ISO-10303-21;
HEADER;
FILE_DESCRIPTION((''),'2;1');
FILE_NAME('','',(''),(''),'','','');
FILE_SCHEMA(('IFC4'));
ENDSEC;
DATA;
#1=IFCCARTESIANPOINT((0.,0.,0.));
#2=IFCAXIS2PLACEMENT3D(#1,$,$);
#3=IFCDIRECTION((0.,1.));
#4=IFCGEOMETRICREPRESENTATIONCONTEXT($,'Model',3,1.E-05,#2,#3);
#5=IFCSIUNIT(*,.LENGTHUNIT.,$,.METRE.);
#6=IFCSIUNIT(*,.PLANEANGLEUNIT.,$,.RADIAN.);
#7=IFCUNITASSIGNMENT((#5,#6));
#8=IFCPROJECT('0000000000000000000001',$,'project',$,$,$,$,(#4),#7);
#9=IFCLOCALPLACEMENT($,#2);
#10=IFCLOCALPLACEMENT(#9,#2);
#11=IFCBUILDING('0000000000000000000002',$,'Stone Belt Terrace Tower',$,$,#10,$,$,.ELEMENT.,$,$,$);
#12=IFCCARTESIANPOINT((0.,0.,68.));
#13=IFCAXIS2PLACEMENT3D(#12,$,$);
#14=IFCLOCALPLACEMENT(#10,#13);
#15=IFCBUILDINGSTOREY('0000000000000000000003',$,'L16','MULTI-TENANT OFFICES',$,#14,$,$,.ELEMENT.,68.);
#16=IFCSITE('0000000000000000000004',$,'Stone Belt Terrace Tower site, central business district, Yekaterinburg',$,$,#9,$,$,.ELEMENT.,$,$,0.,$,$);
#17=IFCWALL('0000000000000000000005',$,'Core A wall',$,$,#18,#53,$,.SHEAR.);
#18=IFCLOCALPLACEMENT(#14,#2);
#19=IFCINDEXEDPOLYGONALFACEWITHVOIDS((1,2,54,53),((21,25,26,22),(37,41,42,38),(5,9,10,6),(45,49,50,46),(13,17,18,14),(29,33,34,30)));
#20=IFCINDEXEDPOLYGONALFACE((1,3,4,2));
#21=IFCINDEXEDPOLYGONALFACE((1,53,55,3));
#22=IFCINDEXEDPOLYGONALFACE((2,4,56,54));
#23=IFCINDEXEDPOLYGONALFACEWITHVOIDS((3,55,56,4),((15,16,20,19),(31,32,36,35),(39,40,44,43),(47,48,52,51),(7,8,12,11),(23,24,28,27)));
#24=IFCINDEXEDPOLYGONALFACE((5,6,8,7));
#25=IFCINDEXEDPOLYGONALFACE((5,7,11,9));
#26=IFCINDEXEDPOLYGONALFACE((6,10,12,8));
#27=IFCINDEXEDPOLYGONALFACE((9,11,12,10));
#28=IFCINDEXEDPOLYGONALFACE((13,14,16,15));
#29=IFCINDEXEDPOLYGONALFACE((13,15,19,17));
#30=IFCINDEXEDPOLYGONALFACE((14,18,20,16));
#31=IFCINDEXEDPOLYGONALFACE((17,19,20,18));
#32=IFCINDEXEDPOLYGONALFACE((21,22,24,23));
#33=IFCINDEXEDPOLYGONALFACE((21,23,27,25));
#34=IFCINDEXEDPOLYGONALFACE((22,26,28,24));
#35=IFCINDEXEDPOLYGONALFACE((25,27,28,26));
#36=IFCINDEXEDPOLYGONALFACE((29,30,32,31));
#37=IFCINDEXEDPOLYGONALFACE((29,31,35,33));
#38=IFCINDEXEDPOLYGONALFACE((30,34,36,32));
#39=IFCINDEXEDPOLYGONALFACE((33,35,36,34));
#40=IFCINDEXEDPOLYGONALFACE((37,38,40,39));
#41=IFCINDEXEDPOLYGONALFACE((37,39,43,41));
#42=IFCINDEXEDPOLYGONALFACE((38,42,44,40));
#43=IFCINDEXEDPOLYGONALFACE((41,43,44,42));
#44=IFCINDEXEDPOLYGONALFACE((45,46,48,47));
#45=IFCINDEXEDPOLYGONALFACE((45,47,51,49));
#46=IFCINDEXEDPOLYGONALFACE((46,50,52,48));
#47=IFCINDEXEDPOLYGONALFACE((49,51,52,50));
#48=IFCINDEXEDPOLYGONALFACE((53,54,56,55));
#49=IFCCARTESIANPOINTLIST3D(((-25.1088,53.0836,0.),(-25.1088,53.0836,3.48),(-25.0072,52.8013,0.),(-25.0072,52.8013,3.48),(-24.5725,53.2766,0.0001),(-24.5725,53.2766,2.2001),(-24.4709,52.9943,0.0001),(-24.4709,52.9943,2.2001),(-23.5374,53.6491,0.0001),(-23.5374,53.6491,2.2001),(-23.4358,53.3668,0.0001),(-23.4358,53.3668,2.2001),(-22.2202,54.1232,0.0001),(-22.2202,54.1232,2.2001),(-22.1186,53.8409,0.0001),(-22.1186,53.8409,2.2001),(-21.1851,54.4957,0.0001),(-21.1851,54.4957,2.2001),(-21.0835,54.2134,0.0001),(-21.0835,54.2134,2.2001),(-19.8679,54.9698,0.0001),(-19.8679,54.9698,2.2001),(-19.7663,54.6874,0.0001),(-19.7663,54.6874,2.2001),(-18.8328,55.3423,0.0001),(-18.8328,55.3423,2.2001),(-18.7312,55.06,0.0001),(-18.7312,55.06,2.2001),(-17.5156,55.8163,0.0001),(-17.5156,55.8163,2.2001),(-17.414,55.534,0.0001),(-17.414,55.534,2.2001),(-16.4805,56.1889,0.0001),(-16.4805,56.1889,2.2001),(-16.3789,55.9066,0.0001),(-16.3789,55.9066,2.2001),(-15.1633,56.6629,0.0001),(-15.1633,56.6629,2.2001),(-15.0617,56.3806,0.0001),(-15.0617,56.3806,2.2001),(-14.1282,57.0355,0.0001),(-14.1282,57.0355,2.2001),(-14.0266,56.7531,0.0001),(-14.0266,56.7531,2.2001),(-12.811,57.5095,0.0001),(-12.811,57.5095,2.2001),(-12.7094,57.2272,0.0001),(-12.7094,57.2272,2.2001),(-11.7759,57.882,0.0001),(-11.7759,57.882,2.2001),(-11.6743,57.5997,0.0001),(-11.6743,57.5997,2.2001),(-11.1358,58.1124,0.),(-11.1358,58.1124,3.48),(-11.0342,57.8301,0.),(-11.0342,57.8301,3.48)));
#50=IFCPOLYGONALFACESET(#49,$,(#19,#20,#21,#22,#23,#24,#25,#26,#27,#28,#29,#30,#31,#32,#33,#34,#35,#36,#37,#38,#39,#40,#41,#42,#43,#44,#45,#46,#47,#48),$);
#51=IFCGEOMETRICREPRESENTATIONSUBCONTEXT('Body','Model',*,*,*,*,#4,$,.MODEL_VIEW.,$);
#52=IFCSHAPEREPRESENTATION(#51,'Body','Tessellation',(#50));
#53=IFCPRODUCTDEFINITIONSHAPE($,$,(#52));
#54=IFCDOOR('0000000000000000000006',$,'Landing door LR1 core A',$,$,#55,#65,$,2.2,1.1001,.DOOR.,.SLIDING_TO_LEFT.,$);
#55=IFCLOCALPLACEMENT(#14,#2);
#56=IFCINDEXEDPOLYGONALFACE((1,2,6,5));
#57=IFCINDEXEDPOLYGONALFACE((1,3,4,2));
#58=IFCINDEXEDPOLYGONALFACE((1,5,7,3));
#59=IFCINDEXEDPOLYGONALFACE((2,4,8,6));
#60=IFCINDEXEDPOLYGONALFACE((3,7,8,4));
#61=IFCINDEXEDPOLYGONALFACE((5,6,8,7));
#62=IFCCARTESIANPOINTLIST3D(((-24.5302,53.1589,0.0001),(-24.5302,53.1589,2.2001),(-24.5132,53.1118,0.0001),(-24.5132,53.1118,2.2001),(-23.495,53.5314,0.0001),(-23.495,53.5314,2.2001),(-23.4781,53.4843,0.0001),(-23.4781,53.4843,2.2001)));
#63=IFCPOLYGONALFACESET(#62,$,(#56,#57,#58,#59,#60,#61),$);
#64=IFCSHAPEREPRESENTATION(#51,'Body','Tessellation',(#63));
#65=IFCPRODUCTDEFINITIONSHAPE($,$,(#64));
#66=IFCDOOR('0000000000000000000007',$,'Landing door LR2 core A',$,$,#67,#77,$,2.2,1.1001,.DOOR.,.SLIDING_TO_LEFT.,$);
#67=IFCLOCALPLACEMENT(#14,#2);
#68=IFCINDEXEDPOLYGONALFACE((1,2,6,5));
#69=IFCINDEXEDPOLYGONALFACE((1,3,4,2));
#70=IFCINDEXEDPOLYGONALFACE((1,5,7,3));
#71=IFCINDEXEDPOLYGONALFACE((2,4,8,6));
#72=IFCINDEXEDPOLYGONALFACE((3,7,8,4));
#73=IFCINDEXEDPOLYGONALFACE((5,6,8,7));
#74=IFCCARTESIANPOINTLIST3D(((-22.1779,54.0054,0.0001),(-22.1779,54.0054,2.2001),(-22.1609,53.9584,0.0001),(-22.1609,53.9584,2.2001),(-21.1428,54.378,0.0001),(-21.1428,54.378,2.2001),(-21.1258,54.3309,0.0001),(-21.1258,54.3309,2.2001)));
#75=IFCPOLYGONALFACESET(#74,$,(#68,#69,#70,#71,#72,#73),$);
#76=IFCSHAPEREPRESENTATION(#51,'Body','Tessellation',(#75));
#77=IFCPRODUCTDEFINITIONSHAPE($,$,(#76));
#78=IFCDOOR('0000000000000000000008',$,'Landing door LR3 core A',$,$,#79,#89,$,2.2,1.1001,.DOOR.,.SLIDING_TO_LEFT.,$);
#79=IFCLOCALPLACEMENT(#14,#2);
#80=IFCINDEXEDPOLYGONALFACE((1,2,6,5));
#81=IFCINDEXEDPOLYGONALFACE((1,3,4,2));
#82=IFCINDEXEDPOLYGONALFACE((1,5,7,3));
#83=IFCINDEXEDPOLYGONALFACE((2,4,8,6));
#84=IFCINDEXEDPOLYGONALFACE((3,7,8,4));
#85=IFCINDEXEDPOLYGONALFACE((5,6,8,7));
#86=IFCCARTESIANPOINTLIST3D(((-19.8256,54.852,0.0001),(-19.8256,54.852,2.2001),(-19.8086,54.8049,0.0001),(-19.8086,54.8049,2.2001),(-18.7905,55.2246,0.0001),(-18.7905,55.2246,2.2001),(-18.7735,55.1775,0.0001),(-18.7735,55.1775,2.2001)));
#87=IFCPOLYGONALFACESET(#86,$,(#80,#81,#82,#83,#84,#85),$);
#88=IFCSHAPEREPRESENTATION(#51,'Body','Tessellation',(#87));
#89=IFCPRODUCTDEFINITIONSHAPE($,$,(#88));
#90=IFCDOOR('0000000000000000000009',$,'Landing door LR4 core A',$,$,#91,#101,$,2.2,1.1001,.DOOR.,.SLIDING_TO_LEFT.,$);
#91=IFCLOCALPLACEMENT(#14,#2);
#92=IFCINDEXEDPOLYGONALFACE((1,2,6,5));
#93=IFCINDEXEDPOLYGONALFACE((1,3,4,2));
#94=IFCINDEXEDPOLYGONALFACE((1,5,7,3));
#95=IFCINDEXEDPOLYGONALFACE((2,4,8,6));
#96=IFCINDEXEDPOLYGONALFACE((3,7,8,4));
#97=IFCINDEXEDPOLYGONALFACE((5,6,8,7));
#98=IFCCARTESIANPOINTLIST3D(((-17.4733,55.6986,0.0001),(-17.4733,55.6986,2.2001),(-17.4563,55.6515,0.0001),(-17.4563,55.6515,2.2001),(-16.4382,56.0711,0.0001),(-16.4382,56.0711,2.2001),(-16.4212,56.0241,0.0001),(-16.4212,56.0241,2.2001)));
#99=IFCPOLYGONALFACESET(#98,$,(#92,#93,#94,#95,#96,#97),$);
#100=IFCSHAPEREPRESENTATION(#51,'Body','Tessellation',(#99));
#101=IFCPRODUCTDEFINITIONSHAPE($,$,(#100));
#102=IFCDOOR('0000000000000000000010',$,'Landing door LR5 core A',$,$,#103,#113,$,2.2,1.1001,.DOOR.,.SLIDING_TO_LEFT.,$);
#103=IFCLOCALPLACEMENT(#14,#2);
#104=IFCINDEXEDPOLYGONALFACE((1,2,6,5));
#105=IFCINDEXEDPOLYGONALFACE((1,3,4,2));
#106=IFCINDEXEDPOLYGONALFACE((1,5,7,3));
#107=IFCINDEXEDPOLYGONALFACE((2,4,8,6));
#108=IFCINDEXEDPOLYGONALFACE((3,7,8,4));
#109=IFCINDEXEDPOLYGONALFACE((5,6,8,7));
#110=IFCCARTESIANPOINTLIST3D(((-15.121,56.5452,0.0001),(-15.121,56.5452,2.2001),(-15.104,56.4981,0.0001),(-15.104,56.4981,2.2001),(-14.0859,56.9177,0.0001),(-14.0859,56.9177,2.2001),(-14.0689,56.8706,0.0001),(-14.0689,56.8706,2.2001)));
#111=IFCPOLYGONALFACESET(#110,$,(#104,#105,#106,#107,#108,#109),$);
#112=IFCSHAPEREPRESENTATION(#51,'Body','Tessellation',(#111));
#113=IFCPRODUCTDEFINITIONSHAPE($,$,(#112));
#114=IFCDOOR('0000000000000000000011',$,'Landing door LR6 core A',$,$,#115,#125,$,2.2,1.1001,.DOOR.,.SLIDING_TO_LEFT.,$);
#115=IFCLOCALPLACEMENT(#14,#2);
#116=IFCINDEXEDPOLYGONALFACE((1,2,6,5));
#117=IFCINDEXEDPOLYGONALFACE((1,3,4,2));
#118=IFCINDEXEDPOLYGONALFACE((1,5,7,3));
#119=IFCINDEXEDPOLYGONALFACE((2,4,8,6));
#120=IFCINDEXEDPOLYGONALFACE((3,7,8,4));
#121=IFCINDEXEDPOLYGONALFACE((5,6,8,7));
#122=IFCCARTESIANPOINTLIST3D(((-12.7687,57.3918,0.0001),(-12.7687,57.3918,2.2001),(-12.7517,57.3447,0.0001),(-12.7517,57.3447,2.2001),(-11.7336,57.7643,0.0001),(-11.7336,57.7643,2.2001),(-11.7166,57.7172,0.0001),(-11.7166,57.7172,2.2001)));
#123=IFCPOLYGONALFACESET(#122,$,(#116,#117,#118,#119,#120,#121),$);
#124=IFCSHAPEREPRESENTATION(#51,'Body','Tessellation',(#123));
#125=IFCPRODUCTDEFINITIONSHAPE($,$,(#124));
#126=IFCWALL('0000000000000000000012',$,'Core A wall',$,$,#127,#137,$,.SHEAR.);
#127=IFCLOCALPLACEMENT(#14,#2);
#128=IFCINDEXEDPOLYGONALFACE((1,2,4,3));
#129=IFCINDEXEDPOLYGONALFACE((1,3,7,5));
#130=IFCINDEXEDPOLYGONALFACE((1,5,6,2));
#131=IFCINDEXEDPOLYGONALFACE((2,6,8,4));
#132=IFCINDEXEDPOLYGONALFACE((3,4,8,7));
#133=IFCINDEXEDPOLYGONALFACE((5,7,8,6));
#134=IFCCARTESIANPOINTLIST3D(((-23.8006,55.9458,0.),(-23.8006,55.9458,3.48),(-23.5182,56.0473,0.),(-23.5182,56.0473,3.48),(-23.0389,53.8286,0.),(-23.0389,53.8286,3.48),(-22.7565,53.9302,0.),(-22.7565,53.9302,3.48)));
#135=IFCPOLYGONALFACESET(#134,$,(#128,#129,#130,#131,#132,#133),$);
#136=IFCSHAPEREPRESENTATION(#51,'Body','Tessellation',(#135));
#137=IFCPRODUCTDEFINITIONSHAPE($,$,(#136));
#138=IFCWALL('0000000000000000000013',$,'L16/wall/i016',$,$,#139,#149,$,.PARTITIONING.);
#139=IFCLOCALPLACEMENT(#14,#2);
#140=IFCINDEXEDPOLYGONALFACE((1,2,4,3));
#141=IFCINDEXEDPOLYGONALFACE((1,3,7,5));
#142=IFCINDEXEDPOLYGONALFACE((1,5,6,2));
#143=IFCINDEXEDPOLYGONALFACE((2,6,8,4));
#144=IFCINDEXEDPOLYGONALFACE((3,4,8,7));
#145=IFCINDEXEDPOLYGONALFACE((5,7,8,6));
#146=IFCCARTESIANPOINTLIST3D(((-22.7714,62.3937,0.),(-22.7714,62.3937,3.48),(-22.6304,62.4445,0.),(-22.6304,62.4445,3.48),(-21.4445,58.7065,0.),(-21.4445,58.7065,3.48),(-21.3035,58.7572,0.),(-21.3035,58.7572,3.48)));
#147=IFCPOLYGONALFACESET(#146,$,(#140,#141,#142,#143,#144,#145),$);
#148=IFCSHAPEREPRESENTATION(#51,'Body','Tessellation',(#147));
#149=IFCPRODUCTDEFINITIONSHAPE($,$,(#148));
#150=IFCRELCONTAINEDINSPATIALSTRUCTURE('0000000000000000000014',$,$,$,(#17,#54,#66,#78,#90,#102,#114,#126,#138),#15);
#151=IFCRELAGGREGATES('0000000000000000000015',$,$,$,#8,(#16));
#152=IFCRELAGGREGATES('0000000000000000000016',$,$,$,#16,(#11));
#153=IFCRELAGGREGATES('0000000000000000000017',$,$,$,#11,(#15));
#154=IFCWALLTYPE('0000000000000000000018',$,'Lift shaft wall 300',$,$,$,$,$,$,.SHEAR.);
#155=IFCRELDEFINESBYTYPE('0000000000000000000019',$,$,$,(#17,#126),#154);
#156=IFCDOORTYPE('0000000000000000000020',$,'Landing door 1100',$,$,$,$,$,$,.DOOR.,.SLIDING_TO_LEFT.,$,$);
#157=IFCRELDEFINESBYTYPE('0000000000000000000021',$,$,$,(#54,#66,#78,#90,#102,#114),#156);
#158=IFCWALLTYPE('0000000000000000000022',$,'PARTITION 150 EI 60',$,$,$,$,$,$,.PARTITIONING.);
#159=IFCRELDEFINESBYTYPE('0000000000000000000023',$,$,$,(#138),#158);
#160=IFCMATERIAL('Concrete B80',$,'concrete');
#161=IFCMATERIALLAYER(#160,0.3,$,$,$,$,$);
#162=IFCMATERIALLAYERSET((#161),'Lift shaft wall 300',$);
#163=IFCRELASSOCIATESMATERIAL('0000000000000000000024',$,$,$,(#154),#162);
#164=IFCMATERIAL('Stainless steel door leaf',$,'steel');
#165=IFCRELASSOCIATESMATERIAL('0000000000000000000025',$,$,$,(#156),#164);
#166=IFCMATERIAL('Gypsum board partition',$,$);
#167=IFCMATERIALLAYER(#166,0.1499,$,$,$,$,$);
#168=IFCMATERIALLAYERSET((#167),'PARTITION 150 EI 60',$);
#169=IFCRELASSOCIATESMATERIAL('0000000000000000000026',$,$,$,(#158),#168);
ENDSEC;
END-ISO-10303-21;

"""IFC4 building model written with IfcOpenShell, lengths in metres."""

from ifc_helpers import new_model, si_unit, direction, frame, frame_2d, origin, place, context, subcontext, project, spatial, rectangle, extrude, material, layer, layer_set, type_object, element, fill, save


model = new_model("IFC4")

# Units and contexts
model_context = context("Model", 3, precision=1e-05, world=origin(), true_north=direction((0.0, 1.0)))
body_context = subcontext(model_context, "Body", "Model", "MODEL_VIEW")
ifc_project = project(units=[si_unit("LENGTHUNIT", "METRE"), si_unit("PLANEANGLEUNIT", "RADIAN")], contexts=[model_context])

# Site, building, storey
site_placement = place(None, origin())
site = spatial("IfcSite", under=ifc_project, at=site_placement, Name="Stone Belt Terrace Tower site, central business district, Yekaterinburg", CompositionType="ELEMENT", RefElevation=0.0)
building_placement = place(site_placement, origin())
building = spatial("IfcBuilding", under=site, at=building_placement, Name="Stone Belt Terrace Tower", CompositionType="ELEMENT")
storey_placement = place(building_placement, frame((0.0, 0.0, 68.0)))
storey = spatial("IfcBuildingStorey", under=building, at=storey_placement, Name="L16", Description="MULTI-TENANT OFFICES", CompositionType="ELEMENT", Elevation=68.0)

# Shared definitions
ifc_material_1 = material(Name="Concrete B80", Category="concrete")

# Shared definitions
ifc_layer_1 = layer(ifc_material_1, 0.3)
ifc_layer_set_1 = layer_set([ifc_layer_1], Name="Lift shaft wall 300")
wall_type_1 = type_object("IfcWallType", Name="Lift shaft wall 300", PredefinedType="SHEAR", material=ifc_layer_set_1)
ifc_material_2 = material(Name="Stainless steel door leaf", Category="steel")

# Wall, openings, doors
wall_1_placement = place(storey_placement, frame((-25.0581, 52.9424, 0.0), z_axis=(0.0, 0.0, 1.0), x_axis=(0.940918, 0.338634, 0.0)))
wall_1 = element("IfcWall", 1, at=wall_1_placement, inside=storey, type_object=wall_type_1, Name="Core A wall", PredefinedType="SHEAR", context=body_context, shape_type="SweptSolid", body=[
    extrude(rectangle(XDim=14.8503, YDim=0.3, at=frame_2d((7.4253, 0.0))), origin(), (0.0, 0.0, 1.0), 3.48),
])
opening_1_placement = place(wall_1_placement, frame((0.5701, 0.0, 0.0)))
opening_1 = element("IfcOpeningElement", 2, at=opening_1_placement, cuts=wall_1, PredefinedType="OPENING", context=body_context, shape_type="SweptSolid", body=[
    extrude(rectangle(XDim=1.1001, YDim=2.2, at=frame_2d((0.55, 1.1001))), frame((0.0, 0.1599, 0.0), z_axis=(0.0, -1.0, 0.0), x_axis=(1.0, 0.0, 0.0)), (0.0, 0.0, 1.0), 0.3201),
])
opening_2_placement = place(wall_1_placement, frame((3.0701, 0.0, 0.0)))
opening_2 = element("IfcOpeningElement", 3, at=opening_2_placement, cuts=wall_1, PredefinedType="OPENING", context=body_context, shape_type="SweptSolid", body=[
    extrude(rectangle(XDim=1.1001, YDim=2.2, at=frame_2d((0.55, 1.1001))), frame((0.0, 0.1599, 0.0), z_axis=(0.0, -1.0, 0.0), x_axis=(1.0, 0.0, 0.0)), (0.0, 0.0, 1.0), 0.3201),
])
opening_3_placement = place(wall_1_placement, frame((5.5701, 0.0, 0.0)))
opening_3 = element("IfcOpeningElement", 4, at=opening_3_placement, cuts=wall_1, PredefinedType="OPENING", context=body_context, shape_type="SweptSolid", body=[
    extrude(rectangle(XDim=1.1001, YDim=2.2, at=frame_2d((0.55, 1.1001))), frame((0.0, 0.1599, 0.0), z_axis=(0.0, -1.0, 0.0), x_axis=(1.0, 0.0, 0.0)), (0.0, 0.0, 1.0), 0.3201),
])
opening_4_placement = place(wall_1_placement, frame((8.0701, 0.0, 0.0)))
opening_4 = element("IfcOpeningElement", 5, at=opening_4_placement, cuts=wall_1, PredefinedType="OPENING", context=body_context, shape_type="SweptSolid", body=[
    extrude(rectangle(XDim=1.1001, YDim=2.2, at=frame_2d((0.55, 1.1001))), frame((0.0, 0.1599, 0.0), z_axis=(0.0, -1.0, 0.0), x_axis=(1.0, 0.0, 0.0)), (0.0, 0.0, 1.0), 0.3201),
])
opening_5_placement = place(wall_1_placement, frame((10.5701, 0.0, 0.0)))
opening_5 = element("IfcOpeningElement", 6, at=opening_5_placement, cuts=wall_1, PredefinedType="OPENING", context=body_context, shape_type="SweptSolid", body=[
    extrude(rectangle(XDim=1.1001, YDim=2.2, at=frame_2d((0.55, 1.1001))), frame((0.0, 0.1599, 0.0), z_axis=(0.0, -1.0, 0.0), x_axis=(1.0, 0.0, 0.0)), (0.0, 0.0, 1.0), 0.3201),
])
opening_6_placement = place(wall_1_placement, frame((13.0701, 0.0, 0.0)))
opening_6 = element("IfcOpeningElement", 7, at=opening_6_placement, cuts=wall_1, PredefinedType="OPENING", context=body_context, shape_type="SweptSolid", body=[
    extrude(rectangle(XDim=1.1001, YDim=2.2, at=frame_2d((0.55, 1.1001))), frame((0.0, 0.1599, 0.0), z_axis=(0.0, -1.0, 0.0), x_axis=(1.0, 0.0, 0.0)), (0.0, 0.0, 1.0), 0.3201),
])
door_type_1 = type_object("IfcDoorType", Name="Landing door 1100", OperationType="SLIDING_TO_LEFT", PredefinedType="DOOR", material=ifc_material_2)
door_1_placement = place(opening_1_placement, origin())
door_1 = element("IfcDoor", 8, at=door_1_placement, inside=storey, type_object=door_type_1, Name="Landing door LR1 core A", OperationType="SLIDING_TO_LEFT", OverallHeight=2.2, OverallWidth=1.1001, PredefinedType="DOOR", context=body_context, shape_type="SweptSolid", body=[
    extrude(rectangle(XDim=1.1001, YDim=2.2, at=frame_2d((0.55, 1.1001))), frame((0.0, 0.0249, 0.0), z_axis=(0.0, -1.0, 0.0), x_axis=(1.0, 0.0, 0.0)), (0.0, 0.0, 1.0), 0.05),
])
fill(opening_1, door_1)
door_2_placement = place(opening_2_placement, origin())
door_2 = element("IfcDoor", 9, at=door_2_placement, inside=storey, type_object=door_type_1, Name="Landing door LR2 core A", OperationType="SLIDING_TO_LEFT", OverallHeight=2.2, OverallWidth=1.1001, PredefinedType="DOOR", context=body_context, shape_type="SweptSolid", body=[
    extrude(rectangle(XDim=1.1001, YDim=2.2, at=frame_2d((0.55, 1.1001))), frame((0.0, 0.0249, 0.0), z_axis=(0.0, -1.0, 0.0), x_axis=(1.0, 0.0, 0.0)), (0.0, 0.0, 1.0), 0.05),
])
fill(opening_2, door_2)
door_3_placement = place(opening_3_placement, origin())
door_3 = element("IfcDoor", 10, at=door_3_placement, inside=storey, type_object=door_type_1, Name="Landing door LR3 core A", OperationType="SLIDING_TO_LEFT", OverallHeight=2.2, OverallWidth=1.1001, PredefinedType="DOOR", context=body_context, shape_type="SweptSolid", body=[
    extrude(rectangle(XDim=1.1001, YDim=2.2, at=frame_2d((0.55, 1.1001))), frame((0.0, 0.0249, 0.0), z_axis=(0.0, -1.0, 0.0), x_axis=(1.0, 0.0, 0.0)), (0.0, 0.0, 1.0), 0.05),
])
fill(opening_3, door_3)
door_4_placement = place(opening_4_placement, origin())
door_4 = element("IfcDoor", 11, at=door_4_placement, inside=storey, type_object=door_type_1, Name="Landing door LR4 core A", OperationType="SLIDING_TO_LEFT", OverallHeight=2.2, OverallWidth=1.1001, PredefinedType="DOOR", context=body_context, shape_type="SweptSolid", body=[
    extrude(rectangle(XDim=1.1001, YDim=2.2, at=frame_2d((0.55, 1.1001))), frame((0.0, 0.0249, 0.0), z_axis=(0.0, -1.0, 0.0), x_axis=(1.0, 0.0, 0.0)), (0.0, 0.0, 1.0), 0.05),
])
fill(opening_4, door_4)
door_5_placement = place(opening_5_placement, origin())
door_5 = element("IfcDoor", 12, at=door_5_placement, inside=storey, type_object=door_type_1, Name="Landing door LR5 core A", OperationType="SLIDING_TO_LEFT", OverallHeight=2.2, OverallWidth=1.1001, PredefinedType="DOOR", context=body_context, shape_type="SweptSolid", body=[
    extrude(rectangle(XDim=1.1001, YDim=2.2, at=frame_2d((0.55, 1.1001))), frame((0.0, 0.0249, 0.0), z_axis=(0.0, -1.0, 0.0), x_axis=(1.0, 0.0, 0.0)), (0.0, 0.0, 1.0), 0.05),
])
fill(opening_5, door_5)
door_6_placement = place(opening_6_placement, origin())
door_6 = element("IfcDoor", 13, at=door_6_placement, inside=storey, type_object=door_type_1, Name="Landing door LR6 core A", OperationType="SLIDING_TO_LEFT", OverallHeight=2.2, OverallWidth=1.1001, PredefinedType="DOOR", context=body_context, shape_type="SweptSolid", body=[
    extrude(rectangle(XDim=1.1001, YDim=2.2, at=frame_2d((0.55, 1.1001))), frame((0.0, 0.0249, 0.0), z_axis=(0.0, -1.0, 0.0), x_axis=(1.0, 0.0, 0.0)), (0.0, 0.0, 1.0), 0.05),
])
fill(opening_6, door_6)

# Walls
wall_2_placement = place(storey_placement, frame((-22.8977, 53.8794, 0.0), z_axis=(0.0, 0.0, 1.0), x_axis=(-0.338535, 0.940954, 0.0)))
element("IfcWall", 14, at=wall_2_placement, inside=storey, type_object=wall_type_1, Name="Core A wall", PredefinedType="SHEAR", context=body_context, shape_type="SweptSolid", body=[
    extrude(rectangle(XDim=2.25, YDim=0.3, at=frame_2d((1.125, 0.0))), origin(), (0.0, 0.0, 1.0), 3.48),
])
ifc_material_3 = material(Name="Gypsum board partition")
ifc_layer_2 = layer(ifc_material_3, 0.1499)
ifc_layer_set_2 = layer_set([ifc_layer_2], Name="PARTITION 150 EI 60")
wall_type_2 = type_object("IfcWallType", Name="PARTITION 150 EI 60", PredefinedType="PARTITIONING", material=ifc_layer_set_2)
wall_3_placement = place(storey_placement, frame((-22.7009, 62.4192, 0.0), z_axis=(0.0, 0.0, 1.0), x_axis=(0.338605, -0.940929, 0.0)))
element("IfcWall", 15, at=wall_3_placement, inside=storey, type_object=wall_type_2, Name="L16/wall/i016", PredefinedType="PARTITIONING", context=body_context, shape_type="SweptSolid", body=[
    extrude(rectangle(XDim=3.9187, YDim=0.1499, at=frame_2d((1.9595, 0.0))), origin(), (0.0, 0.0, 1.0), 3.48),
])

save(model, "model.ifc")
